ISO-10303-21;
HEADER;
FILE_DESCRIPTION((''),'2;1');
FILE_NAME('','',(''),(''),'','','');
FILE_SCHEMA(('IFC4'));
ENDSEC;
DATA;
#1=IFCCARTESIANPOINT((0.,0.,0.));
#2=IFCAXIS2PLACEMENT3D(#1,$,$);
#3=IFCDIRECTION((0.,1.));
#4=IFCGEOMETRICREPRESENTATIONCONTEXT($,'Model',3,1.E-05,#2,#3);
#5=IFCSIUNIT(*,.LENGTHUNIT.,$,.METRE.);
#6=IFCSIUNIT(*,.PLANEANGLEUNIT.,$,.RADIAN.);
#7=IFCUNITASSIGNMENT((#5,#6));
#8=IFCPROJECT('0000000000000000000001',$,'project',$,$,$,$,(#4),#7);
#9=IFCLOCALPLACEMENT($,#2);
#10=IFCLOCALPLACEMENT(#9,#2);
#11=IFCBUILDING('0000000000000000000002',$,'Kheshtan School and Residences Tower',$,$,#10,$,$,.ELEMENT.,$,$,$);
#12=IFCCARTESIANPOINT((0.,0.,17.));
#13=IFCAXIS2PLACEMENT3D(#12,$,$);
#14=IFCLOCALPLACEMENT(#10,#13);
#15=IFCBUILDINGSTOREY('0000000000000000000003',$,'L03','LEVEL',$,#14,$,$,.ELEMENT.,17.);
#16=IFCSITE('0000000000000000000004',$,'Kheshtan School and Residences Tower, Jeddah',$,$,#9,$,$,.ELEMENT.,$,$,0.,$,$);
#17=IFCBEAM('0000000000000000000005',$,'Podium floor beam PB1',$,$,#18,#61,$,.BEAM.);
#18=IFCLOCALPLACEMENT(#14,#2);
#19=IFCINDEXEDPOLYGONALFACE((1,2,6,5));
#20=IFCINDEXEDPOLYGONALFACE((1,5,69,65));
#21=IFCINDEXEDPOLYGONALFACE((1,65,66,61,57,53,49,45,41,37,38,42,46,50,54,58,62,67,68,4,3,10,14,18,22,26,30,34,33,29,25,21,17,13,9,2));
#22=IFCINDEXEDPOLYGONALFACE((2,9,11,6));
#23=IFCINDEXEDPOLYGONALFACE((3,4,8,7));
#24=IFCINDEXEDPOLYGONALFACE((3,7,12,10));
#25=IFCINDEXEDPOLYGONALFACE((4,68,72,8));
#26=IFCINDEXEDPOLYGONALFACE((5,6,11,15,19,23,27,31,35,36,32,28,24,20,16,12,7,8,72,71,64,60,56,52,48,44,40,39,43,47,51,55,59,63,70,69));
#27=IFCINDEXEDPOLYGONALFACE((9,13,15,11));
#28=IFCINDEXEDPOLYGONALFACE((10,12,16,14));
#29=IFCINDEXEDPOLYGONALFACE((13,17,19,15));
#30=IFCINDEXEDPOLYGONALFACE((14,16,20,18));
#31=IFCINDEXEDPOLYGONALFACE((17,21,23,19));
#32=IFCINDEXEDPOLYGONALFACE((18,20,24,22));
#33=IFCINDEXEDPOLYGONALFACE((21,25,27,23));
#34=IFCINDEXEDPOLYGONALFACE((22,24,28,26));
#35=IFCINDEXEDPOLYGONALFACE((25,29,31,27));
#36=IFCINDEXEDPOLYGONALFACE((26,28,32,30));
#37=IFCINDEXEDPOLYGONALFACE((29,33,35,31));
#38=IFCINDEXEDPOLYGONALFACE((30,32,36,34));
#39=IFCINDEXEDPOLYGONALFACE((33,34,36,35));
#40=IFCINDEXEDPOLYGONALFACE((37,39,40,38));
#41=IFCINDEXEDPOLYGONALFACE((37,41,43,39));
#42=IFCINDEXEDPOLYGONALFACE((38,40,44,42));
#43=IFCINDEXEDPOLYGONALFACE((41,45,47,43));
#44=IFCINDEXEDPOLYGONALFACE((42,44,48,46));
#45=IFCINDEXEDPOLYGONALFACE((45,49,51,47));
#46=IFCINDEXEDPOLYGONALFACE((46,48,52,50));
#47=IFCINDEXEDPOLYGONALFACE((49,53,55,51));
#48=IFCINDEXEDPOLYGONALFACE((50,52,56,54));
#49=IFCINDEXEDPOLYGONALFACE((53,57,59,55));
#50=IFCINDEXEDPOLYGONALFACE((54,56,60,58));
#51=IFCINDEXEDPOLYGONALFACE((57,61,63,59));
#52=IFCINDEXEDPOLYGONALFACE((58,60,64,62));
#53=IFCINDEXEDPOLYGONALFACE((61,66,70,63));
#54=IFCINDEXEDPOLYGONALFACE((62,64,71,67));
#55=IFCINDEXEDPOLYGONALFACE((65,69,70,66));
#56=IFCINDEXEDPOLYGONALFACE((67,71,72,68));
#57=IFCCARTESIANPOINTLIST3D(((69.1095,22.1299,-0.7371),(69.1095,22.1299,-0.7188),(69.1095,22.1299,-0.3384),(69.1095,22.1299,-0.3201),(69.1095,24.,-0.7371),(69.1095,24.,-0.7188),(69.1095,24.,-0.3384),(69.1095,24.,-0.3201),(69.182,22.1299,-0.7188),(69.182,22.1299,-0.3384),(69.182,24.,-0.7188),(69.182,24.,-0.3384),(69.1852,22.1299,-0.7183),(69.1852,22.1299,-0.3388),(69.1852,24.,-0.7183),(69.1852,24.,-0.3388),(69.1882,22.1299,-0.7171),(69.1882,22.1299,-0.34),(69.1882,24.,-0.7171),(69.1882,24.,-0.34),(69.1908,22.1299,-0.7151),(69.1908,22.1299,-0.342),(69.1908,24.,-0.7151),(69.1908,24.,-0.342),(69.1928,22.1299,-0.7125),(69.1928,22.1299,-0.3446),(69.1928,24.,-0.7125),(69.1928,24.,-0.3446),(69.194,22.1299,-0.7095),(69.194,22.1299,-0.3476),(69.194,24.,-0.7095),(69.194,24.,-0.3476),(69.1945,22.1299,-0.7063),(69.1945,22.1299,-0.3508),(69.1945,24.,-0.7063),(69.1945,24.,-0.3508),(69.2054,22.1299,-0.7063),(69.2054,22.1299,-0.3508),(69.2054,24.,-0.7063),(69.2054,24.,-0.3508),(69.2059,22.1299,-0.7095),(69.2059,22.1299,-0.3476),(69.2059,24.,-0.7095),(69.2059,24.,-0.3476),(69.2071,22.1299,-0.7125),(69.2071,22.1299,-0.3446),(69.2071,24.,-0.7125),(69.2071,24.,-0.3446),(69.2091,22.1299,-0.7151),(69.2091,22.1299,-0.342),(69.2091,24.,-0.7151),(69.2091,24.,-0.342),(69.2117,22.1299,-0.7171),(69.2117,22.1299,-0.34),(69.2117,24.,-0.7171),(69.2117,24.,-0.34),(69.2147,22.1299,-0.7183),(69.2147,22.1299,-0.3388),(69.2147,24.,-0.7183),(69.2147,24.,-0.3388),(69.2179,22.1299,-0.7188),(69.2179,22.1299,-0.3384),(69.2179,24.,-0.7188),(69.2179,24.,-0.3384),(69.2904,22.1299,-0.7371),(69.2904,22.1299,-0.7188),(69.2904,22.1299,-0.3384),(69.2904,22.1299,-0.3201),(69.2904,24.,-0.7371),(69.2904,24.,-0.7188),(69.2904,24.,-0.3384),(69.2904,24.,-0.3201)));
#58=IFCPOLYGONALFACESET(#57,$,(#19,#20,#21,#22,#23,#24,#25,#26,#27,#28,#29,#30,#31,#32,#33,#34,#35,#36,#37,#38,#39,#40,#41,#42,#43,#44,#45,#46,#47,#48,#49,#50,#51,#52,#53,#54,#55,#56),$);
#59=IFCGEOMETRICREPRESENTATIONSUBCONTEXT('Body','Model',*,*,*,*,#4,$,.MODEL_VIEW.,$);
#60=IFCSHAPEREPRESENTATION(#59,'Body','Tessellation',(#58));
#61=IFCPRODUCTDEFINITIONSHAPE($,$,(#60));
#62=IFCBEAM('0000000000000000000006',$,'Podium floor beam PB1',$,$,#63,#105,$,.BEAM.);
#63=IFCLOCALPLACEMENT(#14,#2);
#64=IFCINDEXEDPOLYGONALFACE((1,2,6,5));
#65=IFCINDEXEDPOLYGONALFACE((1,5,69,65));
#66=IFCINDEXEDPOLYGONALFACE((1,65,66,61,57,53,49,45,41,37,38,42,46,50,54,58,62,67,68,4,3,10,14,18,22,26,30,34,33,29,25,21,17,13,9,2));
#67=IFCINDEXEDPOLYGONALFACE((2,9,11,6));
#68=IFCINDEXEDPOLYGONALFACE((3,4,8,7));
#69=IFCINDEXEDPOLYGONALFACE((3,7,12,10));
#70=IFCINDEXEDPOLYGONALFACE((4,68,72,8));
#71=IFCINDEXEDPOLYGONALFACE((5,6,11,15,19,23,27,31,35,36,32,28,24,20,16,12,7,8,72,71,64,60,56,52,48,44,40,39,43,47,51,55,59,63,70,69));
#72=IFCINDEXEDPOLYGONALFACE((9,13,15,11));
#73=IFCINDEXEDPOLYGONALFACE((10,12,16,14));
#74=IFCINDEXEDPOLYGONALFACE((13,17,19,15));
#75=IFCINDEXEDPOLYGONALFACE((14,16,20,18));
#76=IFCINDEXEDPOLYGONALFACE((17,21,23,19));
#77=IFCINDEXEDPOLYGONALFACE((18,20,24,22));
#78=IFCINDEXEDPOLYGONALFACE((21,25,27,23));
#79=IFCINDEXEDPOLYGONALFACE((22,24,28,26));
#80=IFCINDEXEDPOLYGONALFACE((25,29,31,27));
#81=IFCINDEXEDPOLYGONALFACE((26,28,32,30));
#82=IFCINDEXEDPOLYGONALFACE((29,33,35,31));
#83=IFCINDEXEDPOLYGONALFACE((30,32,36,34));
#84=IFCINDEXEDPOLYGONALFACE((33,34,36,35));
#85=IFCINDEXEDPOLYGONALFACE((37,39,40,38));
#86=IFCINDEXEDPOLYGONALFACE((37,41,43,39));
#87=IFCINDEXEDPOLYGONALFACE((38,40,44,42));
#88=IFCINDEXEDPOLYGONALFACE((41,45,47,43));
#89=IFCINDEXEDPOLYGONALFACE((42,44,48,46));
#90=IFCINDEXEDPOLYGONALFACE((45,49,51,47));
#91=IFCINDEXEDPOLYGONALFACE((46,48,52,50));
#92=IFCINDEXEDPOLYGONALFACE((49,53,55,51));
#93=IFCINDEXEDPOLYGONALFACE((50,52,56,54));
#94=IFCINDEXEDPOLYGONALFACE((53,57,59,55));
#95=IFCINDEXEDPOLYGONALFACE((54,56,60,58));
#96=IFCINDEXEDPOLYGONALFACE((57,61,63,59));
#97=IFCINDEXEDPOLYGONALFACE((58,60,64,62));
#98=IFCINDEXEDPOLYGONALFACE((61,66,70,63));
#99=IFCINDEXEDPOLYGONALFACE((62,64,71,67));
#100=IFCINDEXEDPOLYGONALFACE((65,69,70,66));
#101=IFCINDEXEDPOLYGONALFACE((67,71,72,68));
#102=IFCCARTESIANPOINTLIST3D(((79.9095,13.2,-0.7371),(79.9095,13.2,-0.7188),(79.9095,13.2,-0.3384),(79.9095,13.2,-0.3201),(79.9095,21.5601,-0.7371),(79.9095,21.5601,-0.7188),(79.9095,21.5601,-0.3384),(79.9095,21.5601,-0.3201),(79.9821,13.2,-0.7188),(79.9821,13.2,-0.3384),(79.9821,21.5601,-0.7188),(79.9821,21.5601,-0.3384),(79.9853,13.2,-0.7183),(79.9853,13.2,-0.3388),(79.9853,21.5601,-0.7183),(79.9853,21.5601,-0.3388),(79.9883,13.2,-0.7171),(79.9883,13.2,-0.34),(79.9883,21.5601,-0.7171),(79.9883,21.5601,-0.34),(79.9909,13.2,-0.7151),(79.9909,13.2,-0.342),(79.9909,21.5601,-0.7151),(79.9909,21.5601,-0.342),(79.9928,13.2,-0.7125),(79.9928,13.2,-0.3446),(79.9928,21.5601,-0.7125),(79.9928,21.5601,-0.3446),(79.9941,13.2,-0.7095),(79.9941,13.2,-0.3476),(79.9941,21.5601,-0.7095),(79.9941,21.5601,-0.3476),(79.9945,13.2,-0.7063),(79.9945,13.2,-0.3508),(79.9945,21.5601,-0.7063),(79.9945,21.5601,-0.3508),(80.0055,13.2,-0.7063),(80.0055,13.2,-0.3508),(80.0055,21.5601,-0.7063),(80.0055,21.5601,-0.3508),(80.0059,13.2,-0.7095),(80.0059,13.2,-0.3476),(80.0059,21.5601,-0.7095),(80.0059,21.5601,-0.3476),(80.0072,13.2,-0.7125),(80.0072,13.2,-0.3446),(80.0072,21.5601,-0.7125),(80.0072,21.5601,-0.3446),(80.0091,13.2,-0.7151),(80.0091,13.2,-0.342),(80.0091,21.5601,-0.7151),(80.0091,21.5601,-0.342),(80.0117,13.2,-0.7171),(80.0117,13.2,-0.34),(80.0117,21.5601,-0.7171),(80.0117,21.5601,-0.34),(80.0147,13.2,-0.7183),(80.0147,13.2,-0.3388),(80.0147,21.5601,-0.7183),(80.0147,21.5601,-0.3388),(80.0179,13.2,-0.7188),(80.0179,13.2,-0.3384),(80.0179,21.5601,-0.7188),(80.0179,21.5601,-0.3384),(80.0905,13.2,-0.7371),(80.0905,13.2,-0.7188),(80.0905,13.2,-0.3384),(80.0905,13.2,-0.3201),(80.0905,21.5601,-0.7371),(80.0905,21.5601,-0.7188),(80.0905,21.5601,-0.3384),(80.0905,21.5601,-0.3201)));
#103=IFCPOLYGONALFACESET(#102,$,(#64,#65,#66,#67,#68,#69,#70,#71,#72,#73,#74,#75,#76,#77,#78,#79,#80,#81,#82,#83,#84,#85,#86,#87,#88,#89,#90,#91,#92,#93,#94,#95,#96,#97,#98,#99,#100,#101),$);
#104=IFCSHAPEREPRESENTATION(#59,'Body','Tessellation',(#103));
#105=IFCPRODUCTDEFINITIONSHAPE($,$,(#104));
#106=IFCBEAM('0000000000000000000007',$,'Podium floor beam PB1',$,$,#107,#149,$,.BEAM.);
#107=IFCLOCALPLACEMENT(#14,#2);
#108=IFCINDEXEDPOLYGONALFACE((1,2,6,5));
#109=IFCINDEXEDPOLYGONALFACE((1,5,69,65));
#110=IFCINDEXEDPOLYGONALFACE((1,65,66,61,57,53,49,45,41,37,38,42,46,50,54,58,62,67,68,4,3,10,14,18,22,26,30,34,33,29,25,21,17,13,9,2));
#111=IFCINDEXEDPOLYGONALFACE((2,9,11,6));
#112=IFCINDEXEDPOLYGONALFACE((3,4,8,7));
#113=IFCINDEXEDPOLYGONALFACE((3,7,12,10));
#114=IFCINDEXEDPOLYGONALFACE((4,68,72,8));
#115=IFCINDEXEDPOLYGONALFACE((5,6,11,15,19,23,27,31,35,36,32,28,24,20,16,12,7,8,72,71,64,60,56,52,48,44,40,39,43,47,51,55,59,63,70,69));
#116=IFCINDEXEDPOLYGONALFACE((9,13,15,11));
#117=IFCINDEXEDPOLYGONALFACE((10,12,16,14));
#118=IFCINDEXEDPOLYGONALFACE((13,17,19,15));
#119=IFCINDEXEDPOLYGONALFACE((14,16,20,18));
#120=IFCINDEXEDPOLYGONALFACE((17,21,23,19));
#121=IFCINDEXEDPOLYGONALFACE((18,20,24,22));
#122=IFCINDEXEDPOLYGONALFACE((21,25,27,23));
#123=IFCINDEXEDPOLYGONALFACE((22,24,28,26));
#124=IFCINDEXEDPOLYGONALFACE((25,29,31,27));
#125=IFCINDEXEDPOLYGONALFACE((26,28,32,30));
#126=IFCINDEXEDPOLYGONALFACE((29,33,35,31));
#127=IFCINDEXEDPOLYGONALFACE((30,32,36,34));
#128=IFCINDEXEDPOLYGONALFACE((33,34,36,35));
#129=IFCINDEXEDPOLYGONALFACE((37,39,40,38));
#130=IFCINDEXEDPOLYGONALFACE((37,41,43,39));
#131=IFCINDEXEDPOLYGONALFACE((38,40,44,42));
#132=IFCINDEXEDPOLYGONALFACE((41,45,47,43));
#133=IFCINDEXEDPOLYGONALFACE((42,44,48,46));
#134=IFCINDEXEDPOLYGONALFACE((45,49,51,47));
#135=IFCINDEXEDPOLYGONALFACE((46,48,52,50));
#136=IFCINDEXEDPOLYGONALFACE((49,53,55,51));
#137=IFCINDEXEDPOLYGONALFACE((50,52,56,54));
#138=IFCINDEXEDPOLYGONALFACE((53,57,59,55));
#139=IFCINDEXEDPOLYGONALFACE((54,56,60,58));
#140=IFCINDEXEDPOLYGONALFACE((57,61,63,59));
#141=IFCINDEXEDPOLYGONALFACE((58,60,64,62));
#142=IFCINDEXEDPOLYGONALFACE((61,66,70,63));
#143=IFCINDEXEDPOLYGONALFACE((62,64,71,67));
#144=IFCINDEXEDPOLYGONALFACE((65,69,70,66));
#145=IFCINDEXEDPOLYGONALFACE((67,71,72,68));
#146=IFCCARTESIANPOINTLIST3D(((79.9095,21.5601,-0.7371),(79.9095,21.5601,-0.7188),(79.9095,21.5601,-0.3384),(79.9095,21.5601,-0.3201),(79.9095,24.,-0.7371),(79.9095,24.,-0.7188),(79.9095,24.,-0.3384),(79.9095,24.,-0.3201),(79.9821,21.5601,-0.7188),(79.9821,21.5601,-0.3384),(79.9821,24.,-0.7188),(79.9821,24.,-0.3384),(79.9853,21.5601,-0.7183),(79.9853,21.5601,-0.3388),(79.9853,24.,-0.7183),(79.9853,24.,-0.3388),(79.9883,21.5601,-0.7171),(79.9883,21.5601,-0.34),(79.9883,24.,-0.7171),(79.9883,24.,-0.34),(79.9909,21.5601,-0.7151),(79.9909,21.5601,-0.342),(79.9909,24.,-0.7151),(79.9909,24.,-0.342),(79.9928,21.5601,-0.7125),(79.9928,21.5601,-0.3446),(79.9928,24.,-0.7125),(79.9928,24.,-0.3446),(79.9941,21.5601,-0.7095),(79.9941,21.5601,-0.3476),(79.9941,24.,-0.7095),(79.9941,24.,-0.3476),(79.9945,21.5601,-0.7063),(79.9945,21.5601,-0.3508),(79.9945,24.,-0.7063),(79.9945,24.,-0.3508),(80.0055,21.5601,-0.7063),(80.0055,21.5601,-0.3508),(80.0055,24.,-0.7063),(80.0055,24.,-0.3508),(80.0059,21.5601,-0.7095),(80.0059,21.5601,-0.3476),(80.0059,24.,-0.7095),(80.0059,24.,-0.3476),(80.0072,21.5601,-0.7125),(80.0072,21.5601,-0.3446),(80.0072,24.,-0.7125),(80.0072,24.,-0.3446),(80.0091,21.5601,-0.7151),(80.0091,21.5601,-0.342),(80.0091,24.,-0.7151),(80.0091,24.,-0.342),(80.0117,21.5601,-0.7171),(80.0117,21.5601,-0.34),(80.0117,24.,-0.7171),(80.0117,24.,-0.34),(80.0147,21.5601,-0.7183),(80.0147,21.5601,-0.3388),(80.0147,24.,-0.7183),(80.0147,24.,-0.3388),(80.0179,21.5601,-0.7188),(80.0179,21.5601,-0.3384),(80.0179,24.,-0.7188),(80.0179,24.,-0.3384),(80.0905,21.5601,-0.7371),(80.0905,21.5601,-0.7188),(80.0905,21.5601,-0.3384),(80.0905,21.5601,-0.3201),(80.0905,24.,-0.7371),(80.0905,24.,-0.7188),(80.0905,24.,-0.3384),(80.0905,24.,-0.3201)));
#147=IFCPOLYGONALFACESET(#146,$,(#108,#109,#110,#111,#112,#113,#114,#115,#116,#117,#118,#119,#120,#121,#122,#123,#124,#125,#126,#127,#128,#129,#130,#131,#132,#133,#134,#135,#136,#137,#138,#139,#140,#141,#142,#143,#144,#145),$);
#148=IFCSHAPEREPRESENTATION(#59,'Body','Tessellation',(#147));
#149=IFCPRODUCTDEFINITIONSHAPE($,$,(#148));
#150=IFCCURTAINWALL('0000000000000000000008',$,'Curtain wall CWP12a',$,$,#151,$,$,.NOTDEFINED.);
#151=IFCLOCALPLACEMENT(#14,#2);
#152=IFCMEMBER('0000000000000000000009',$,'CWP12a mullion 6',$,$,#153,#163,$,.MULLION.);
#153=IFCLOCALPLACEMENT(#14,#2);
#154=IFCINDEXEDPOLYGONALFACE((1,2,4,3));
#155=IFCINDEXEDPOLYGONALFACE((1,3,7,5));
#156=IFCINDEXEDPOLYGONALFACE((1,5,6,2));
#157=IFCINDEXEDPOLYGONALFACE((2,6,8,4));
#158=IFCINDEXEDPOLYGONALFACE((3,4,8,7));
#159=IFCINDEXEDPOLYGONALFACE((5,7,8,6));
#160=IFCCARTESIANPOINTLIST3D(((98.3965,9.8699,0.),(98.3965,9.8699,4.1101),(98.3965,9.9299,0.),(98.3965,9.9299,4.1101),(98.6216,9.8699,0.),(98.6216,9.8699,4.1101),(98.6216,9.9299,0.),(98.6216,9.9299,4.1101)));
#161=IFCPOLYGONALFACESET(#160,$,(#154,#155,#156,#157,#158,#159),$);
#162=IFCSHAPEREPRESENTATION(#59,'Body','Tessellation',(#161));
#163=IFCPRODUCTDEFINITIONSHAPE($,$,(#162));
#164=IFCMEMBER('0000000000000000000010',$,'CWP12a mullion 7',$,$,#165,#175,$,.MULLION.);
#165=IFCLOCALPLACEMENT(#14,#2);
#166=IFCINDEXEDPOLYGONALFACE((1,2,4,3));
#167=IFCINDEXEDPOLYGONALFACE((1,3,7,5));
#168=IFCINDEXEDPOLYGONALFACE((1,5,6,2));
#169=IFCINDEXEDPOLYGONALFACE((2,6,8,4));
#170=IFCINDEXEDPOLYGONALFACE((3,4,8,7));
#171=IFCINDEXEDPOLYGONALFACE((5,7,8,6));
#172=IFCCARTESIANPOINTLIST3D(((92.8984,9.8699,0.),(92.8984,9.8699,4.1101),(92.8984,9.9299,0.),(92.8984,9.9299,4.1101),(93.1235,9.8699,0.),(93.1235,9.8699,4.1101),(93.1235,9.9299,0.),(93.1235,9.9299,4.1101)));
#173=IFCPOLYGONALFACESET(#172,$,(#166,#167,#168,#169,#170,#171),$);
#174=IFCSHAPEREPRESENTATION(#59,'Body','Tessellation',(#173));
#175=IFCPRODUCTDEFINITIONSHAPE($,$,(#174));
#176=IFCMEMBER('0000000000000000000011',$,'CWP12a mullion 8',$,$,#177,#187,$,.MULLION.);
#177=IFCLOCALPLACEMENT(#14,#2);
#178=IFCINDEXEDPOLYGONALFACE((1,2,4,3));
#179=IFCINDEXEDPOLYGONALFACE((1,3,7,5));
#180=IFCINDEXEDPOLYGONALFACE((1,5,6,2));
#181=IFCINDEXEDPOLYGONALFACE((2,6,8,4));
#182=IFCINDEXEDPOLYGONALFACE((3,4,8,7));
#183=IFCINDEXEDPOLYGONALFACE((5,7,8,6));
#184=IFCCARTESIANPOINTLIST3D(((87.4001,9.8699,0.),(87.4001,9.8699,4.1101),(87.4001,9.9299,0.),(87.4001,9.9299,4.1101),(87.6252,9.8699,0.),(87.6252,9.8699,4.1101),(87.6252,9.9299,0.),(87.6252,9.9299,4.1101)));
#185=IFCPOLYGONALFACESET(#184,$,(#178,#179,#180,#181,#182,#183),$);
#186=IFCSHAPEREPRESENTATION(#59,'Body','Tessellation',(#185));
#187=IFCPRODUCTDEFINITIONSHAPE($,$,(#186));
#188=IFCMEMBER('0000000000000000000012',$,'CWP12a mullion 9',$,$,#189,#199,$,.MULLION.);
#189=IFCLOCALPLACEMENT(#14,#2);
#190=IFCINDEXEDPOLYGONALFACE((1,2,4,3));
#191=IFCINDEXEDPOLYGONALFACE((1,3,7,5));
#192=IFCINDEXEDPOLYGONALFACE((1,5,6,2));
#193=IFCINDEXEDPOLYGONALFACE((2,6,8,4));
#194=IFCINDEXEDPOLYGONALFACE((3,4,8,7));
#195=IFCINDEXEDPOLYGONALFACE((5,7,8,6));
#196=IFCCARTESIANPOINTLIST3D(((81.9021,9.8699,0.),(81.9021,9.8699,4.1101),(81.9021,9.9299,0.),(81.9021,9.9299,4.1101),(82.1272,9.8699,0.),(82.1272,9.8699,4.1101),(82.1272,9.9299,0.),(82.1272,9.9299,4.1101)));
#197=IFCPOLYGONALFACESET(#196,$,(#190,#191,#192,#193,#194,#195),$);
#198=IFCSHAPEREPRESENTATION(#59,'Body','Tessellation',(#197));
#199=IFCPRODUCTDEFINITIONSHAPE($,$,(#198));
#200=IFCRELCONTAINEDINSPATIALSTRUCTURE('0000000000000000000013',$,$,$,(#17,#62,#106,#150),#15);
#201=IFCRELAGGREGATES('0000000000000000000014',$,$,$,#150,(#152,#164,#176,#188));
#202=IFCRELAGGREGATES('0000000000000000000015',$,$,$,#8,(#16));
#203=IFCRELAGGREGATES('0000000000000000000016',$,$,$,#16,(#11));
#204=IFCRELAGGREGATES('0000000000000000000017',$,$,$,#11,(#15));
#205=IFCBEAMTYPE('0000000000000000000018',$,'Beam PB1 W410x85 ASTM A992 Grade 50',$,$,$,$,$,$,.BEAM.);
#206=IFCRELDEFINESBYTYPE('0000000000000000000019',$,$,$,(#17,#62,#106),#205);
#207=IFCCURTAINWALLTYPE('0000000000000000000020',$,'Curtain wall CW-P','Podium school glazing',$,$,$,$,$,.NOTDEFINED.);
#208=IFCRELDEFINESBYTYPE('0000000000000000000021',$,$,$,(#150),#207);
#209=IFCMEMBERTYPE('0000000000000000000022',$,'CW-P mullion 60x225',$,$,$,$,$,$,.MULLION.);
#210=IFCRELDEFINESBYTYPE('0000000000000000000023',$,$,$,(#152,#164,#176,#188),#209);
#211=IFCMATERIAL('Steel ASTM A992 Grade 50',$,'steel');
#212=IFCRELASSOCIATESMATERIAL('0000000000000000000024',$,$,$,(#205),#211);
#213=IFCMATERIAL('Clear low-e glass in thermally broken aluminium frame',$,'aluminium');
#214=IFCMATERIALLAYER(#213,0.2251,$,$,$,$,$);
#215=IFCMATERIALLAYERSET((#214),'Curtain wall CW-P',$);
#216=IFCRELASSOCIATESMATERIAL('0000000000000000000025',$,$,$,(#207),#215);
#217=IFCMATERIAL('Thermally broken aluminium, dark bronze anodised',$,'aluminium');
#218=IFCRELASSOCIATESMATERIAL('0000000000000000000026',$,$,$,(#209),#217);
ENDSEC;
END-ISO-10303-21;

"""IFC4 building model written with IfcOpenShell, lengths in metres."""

from ifc_helpers import new_model, si_unit, direction, frame, origin, origin_2d, place, context, subcontext, project, spatial, rectangle, i_section, extrude, material, layer, layer_set, material_profile, profile_set, type_object, element, aggregate, save


model = new_model("IFC4")

# Units and contexts
model_context = context("Model", 3, precision=1e-05, world=origin(), true_north=direction((0.0, 1.0)))
body_context = subcontext(model_context, "Body", "Model", "MODEL_VIEW")
ifc_project = project(units=[si_unit("LENGTHUNIT", "METRE"), si_unit("PLANEANGLEUNIT", "RADIAN")], contexts=[model_context])

# Site, building, storey
site_placement = place(None, origin())
site = spatial("IfcSite", under=ifc_project, at=site_placement, Name="Kheshtan School and Residences Tower, Jeddah", CompositionType="ELEMENT", RefElevation=0.0)
building_placement = place(site_placement, origin())
building = spatial("IfcBuilding", under=site, at=building_placement, Name="Kheshtan School and Residences Tower", CompositionType="ELEMENT")
storey_placement = place(building_placement, frame((0.0, 0.0, 17.0)))
storey = spatial("IfcBuildingStorey", under=building, at=storey_placement, Name="L03", Description="LEVEL", CompositionType="ELEMENT", Elevation=17.0)

# Shared definitions
ifc_material_1 = material(Name="Steel ASTM A992 Grade 50", Category="steel")

# Beams
ifc_material_profile_1 = material_profile(ifc_material_1, i_section(OverallWidth=0.1809, OverallDepth=0.417, WebThickness=0.011, FlangeThickness=0.0183, FilletRadius=0.0125, at=origin_2d()), Name="W410x85")
ifc_profile_set_1 = profile_set([ifc_material_profile_1], Name="Steel ASTM A992 Grade 50")
beam_type = type_object("IfcBeamType", Name="Beam PB1 W410x85 ASTM A992 Grade 50", PredefinedType="BEAM", material=ifc_profile_set_1)
beam_1_placement = place(storey_placement, frame((69.2, 22.1299, -0.5286), z_axis=(0.0, 1.0, 0.0), x_axis=(-1.0, 0.0, 0.0)))
element("IfcBeam", 1, at=beam_1_placement, inside=storey, type_object=beam_type, Name="Podium floor beam PB1", PredefinedType="BEAM", context=body_context, shape_type="SweptSolid", body=[
    extrude(i_section(OverallWidth=0.1809, OverallDepth=0.417, WebThickness=0.011, FlangeThickness=0.0183, FilletRadius=0.0125, at=origin_2d()), origin(), (0.0, 0.0, 1.0), 1.8701),
])
beam_2_placement = place(storey_placement, frame((80.0, 13.2, -0.5286), z_axis=(0.0, 1.0, 0.0), x_axis=(-1.0, 0.0, 0.0)))
element("IfcBeam", 2, at=beam_2_placement, inside=storey, type_object=beam_type, Name="Podium floor beam PB1", PredefinedType="BEAM", context=body_context, shape_type="SweptSolid", body=[
    extrude(i_section(OverallWidth=0.1809, OverallDepth=0.417, WebThickness=0.011, FlangeThickness=0.0183, FilletRadius=0.0125, at=origin_2d()), origin(), (0.0, 0.0, 1.0), 8.3601),
])
beam_3_placement = place(storey_placement, frame((80.0, 21.5601, -0.5286), z_axis=(0.0, 1.0, 0.0), x_axis=(-1.0, 0.0, 0.0)))
element("IfcBeam", 3, at=beam_3_placement, inside=storey, type_object=beam_type, Name="Podium floor beam PB1", PredefinedType="BEAM", context=body_context, shape_type="SweptSolid", body=[
    extrude(i_section(OverallWidth=0.1809, OverallDepth=0.417, WebThickness=0.011, FlangeThickness=0.0183, FilletRadius=0.0125, at=origin_2d()), origin(), (0.0, 0.0, 1.0), 2.4399),
])

# Curtain wall, members
ifc_material_2 = material(Name="Clear low-e glass in thermally broken aluminium frame", Category="aluminium")
ifc_layer_1 = layer(ifc_material_2, 0.2251)
ifc_layer_set_1 = layer_set([ifc_layer_1], Name="Curtain wall CW-P")
curtain_wall_type = type_object("IfcCurtainWallType", Name="Curtain wall CW-P", Description="Podium school glazing", PredefinedType="NOTDEFINED", material=ifc_layer_set_1)
curtain_wall_placement = place(storey_placement, origin())
curtain_wall = element("IfcCurtainWall", 4, at=curtain_wall_placement, inside=storey, type_object=curtain_wall_type, Name="Curtain wall CWP12a", PredefinedType="NOTDEFINED")
ifc_material_3 = material(Name="Thermally broken aluminium, dark bronze anodised", Category="aluminium")
ifc_material_profile_2 = material_profile(ifc_material_3, rectangle(XDim=0.0601, YDim=0.2251, at=origin_2d()), Name="CW-P mullion 60x225")
ifc_profile_set_2 = profile_set([ifc_material_profile_2], Name="Thermally broken aluminium, dark bronze anodised")
member_type = type_object("IfcMemberType", Name="CW-P mullion 60x225", PredefinedType="MULLION", material=ifc_profile_set_2)
member_1_placement = place(storey_placement, frame((98.509, 9.8999, 0.0), z_axis=(0.0, 0.0, 1.0), x_axis=(0.0, -1.0, 0.0)))
member_1 = element("IfcMember", 5, at=member_1_placement, type_object=member_type, Name="CWP12a mullion 6", PredefinedType="MULLION", context=body_context, shape_type="SweptSolid", body=[
    extrude(rectangle(XDim=0.0601, YDim=0.2251, at=origin_2d()), origin(), (0.0, 0.0, 1.0), 4.1101),
])
member_2_placement = place(storey_placement, frame((93.011, 9.8999, 0.0), z_axis=(0.0, 0.0, 1.0), x_axis=(0.0, -1.0, 0.0)))
member_2 = element("IfcMember", 6, at=member_2_placement, type_object=member_type, Name="CWP12a mullion 7", PredefinedType="MULLION", context=body_context, shape_type="SweptSolid", body=[
    extrude(rectangle(XDim=0.0601, YDim=0.2251, at=origin_2d()), origin(), (0.0, 0.0, 1.0), 4.1101),
])
member_3_placement = place(storey_placement, frame((87.5127, 9.8999, 0.0), z_axis=(0.0, 0.0, 1.0), x_axis=(0.0, -1.0, 0.0)))
member_3 = element("IfcMember", 7, at=member_3_placement, type_object=member_type, Name="CWP12a mullion 8", PredefinedType="MULLION", context=body_context, shape_type="SweptSolid", body=[
    extrude(rectangle(XDim=0.0601, YDim=0.2251, at=origin_2d()), origin(), (0.0, 0.0, 1.0), 4.1101),
])
member_4_placement = place(storey_placement, frame((82.0146, 9.8999, 0.0), z_axis=(0.0, 0.0, 1.0), x_axis=(0.0, -1.0, 0.0)))
member_4 = element("IfcMember", 8, at=member_4_placement, type_object=member_type, Name="CWP12a mullion 9", PredefinedType="MULLION", context=body_context, shape_type="SweptSolid", body=[
    extrude(rectangle(XDim=0.0601, YDim=0.2251, at=origin_2d()), origin(), (0.0, 0.0, 1.0), 4.1101),
])
aggregate(curtain_wall, [member_1, member_2, member_3, member_4])

save(model, "model.ifc")
